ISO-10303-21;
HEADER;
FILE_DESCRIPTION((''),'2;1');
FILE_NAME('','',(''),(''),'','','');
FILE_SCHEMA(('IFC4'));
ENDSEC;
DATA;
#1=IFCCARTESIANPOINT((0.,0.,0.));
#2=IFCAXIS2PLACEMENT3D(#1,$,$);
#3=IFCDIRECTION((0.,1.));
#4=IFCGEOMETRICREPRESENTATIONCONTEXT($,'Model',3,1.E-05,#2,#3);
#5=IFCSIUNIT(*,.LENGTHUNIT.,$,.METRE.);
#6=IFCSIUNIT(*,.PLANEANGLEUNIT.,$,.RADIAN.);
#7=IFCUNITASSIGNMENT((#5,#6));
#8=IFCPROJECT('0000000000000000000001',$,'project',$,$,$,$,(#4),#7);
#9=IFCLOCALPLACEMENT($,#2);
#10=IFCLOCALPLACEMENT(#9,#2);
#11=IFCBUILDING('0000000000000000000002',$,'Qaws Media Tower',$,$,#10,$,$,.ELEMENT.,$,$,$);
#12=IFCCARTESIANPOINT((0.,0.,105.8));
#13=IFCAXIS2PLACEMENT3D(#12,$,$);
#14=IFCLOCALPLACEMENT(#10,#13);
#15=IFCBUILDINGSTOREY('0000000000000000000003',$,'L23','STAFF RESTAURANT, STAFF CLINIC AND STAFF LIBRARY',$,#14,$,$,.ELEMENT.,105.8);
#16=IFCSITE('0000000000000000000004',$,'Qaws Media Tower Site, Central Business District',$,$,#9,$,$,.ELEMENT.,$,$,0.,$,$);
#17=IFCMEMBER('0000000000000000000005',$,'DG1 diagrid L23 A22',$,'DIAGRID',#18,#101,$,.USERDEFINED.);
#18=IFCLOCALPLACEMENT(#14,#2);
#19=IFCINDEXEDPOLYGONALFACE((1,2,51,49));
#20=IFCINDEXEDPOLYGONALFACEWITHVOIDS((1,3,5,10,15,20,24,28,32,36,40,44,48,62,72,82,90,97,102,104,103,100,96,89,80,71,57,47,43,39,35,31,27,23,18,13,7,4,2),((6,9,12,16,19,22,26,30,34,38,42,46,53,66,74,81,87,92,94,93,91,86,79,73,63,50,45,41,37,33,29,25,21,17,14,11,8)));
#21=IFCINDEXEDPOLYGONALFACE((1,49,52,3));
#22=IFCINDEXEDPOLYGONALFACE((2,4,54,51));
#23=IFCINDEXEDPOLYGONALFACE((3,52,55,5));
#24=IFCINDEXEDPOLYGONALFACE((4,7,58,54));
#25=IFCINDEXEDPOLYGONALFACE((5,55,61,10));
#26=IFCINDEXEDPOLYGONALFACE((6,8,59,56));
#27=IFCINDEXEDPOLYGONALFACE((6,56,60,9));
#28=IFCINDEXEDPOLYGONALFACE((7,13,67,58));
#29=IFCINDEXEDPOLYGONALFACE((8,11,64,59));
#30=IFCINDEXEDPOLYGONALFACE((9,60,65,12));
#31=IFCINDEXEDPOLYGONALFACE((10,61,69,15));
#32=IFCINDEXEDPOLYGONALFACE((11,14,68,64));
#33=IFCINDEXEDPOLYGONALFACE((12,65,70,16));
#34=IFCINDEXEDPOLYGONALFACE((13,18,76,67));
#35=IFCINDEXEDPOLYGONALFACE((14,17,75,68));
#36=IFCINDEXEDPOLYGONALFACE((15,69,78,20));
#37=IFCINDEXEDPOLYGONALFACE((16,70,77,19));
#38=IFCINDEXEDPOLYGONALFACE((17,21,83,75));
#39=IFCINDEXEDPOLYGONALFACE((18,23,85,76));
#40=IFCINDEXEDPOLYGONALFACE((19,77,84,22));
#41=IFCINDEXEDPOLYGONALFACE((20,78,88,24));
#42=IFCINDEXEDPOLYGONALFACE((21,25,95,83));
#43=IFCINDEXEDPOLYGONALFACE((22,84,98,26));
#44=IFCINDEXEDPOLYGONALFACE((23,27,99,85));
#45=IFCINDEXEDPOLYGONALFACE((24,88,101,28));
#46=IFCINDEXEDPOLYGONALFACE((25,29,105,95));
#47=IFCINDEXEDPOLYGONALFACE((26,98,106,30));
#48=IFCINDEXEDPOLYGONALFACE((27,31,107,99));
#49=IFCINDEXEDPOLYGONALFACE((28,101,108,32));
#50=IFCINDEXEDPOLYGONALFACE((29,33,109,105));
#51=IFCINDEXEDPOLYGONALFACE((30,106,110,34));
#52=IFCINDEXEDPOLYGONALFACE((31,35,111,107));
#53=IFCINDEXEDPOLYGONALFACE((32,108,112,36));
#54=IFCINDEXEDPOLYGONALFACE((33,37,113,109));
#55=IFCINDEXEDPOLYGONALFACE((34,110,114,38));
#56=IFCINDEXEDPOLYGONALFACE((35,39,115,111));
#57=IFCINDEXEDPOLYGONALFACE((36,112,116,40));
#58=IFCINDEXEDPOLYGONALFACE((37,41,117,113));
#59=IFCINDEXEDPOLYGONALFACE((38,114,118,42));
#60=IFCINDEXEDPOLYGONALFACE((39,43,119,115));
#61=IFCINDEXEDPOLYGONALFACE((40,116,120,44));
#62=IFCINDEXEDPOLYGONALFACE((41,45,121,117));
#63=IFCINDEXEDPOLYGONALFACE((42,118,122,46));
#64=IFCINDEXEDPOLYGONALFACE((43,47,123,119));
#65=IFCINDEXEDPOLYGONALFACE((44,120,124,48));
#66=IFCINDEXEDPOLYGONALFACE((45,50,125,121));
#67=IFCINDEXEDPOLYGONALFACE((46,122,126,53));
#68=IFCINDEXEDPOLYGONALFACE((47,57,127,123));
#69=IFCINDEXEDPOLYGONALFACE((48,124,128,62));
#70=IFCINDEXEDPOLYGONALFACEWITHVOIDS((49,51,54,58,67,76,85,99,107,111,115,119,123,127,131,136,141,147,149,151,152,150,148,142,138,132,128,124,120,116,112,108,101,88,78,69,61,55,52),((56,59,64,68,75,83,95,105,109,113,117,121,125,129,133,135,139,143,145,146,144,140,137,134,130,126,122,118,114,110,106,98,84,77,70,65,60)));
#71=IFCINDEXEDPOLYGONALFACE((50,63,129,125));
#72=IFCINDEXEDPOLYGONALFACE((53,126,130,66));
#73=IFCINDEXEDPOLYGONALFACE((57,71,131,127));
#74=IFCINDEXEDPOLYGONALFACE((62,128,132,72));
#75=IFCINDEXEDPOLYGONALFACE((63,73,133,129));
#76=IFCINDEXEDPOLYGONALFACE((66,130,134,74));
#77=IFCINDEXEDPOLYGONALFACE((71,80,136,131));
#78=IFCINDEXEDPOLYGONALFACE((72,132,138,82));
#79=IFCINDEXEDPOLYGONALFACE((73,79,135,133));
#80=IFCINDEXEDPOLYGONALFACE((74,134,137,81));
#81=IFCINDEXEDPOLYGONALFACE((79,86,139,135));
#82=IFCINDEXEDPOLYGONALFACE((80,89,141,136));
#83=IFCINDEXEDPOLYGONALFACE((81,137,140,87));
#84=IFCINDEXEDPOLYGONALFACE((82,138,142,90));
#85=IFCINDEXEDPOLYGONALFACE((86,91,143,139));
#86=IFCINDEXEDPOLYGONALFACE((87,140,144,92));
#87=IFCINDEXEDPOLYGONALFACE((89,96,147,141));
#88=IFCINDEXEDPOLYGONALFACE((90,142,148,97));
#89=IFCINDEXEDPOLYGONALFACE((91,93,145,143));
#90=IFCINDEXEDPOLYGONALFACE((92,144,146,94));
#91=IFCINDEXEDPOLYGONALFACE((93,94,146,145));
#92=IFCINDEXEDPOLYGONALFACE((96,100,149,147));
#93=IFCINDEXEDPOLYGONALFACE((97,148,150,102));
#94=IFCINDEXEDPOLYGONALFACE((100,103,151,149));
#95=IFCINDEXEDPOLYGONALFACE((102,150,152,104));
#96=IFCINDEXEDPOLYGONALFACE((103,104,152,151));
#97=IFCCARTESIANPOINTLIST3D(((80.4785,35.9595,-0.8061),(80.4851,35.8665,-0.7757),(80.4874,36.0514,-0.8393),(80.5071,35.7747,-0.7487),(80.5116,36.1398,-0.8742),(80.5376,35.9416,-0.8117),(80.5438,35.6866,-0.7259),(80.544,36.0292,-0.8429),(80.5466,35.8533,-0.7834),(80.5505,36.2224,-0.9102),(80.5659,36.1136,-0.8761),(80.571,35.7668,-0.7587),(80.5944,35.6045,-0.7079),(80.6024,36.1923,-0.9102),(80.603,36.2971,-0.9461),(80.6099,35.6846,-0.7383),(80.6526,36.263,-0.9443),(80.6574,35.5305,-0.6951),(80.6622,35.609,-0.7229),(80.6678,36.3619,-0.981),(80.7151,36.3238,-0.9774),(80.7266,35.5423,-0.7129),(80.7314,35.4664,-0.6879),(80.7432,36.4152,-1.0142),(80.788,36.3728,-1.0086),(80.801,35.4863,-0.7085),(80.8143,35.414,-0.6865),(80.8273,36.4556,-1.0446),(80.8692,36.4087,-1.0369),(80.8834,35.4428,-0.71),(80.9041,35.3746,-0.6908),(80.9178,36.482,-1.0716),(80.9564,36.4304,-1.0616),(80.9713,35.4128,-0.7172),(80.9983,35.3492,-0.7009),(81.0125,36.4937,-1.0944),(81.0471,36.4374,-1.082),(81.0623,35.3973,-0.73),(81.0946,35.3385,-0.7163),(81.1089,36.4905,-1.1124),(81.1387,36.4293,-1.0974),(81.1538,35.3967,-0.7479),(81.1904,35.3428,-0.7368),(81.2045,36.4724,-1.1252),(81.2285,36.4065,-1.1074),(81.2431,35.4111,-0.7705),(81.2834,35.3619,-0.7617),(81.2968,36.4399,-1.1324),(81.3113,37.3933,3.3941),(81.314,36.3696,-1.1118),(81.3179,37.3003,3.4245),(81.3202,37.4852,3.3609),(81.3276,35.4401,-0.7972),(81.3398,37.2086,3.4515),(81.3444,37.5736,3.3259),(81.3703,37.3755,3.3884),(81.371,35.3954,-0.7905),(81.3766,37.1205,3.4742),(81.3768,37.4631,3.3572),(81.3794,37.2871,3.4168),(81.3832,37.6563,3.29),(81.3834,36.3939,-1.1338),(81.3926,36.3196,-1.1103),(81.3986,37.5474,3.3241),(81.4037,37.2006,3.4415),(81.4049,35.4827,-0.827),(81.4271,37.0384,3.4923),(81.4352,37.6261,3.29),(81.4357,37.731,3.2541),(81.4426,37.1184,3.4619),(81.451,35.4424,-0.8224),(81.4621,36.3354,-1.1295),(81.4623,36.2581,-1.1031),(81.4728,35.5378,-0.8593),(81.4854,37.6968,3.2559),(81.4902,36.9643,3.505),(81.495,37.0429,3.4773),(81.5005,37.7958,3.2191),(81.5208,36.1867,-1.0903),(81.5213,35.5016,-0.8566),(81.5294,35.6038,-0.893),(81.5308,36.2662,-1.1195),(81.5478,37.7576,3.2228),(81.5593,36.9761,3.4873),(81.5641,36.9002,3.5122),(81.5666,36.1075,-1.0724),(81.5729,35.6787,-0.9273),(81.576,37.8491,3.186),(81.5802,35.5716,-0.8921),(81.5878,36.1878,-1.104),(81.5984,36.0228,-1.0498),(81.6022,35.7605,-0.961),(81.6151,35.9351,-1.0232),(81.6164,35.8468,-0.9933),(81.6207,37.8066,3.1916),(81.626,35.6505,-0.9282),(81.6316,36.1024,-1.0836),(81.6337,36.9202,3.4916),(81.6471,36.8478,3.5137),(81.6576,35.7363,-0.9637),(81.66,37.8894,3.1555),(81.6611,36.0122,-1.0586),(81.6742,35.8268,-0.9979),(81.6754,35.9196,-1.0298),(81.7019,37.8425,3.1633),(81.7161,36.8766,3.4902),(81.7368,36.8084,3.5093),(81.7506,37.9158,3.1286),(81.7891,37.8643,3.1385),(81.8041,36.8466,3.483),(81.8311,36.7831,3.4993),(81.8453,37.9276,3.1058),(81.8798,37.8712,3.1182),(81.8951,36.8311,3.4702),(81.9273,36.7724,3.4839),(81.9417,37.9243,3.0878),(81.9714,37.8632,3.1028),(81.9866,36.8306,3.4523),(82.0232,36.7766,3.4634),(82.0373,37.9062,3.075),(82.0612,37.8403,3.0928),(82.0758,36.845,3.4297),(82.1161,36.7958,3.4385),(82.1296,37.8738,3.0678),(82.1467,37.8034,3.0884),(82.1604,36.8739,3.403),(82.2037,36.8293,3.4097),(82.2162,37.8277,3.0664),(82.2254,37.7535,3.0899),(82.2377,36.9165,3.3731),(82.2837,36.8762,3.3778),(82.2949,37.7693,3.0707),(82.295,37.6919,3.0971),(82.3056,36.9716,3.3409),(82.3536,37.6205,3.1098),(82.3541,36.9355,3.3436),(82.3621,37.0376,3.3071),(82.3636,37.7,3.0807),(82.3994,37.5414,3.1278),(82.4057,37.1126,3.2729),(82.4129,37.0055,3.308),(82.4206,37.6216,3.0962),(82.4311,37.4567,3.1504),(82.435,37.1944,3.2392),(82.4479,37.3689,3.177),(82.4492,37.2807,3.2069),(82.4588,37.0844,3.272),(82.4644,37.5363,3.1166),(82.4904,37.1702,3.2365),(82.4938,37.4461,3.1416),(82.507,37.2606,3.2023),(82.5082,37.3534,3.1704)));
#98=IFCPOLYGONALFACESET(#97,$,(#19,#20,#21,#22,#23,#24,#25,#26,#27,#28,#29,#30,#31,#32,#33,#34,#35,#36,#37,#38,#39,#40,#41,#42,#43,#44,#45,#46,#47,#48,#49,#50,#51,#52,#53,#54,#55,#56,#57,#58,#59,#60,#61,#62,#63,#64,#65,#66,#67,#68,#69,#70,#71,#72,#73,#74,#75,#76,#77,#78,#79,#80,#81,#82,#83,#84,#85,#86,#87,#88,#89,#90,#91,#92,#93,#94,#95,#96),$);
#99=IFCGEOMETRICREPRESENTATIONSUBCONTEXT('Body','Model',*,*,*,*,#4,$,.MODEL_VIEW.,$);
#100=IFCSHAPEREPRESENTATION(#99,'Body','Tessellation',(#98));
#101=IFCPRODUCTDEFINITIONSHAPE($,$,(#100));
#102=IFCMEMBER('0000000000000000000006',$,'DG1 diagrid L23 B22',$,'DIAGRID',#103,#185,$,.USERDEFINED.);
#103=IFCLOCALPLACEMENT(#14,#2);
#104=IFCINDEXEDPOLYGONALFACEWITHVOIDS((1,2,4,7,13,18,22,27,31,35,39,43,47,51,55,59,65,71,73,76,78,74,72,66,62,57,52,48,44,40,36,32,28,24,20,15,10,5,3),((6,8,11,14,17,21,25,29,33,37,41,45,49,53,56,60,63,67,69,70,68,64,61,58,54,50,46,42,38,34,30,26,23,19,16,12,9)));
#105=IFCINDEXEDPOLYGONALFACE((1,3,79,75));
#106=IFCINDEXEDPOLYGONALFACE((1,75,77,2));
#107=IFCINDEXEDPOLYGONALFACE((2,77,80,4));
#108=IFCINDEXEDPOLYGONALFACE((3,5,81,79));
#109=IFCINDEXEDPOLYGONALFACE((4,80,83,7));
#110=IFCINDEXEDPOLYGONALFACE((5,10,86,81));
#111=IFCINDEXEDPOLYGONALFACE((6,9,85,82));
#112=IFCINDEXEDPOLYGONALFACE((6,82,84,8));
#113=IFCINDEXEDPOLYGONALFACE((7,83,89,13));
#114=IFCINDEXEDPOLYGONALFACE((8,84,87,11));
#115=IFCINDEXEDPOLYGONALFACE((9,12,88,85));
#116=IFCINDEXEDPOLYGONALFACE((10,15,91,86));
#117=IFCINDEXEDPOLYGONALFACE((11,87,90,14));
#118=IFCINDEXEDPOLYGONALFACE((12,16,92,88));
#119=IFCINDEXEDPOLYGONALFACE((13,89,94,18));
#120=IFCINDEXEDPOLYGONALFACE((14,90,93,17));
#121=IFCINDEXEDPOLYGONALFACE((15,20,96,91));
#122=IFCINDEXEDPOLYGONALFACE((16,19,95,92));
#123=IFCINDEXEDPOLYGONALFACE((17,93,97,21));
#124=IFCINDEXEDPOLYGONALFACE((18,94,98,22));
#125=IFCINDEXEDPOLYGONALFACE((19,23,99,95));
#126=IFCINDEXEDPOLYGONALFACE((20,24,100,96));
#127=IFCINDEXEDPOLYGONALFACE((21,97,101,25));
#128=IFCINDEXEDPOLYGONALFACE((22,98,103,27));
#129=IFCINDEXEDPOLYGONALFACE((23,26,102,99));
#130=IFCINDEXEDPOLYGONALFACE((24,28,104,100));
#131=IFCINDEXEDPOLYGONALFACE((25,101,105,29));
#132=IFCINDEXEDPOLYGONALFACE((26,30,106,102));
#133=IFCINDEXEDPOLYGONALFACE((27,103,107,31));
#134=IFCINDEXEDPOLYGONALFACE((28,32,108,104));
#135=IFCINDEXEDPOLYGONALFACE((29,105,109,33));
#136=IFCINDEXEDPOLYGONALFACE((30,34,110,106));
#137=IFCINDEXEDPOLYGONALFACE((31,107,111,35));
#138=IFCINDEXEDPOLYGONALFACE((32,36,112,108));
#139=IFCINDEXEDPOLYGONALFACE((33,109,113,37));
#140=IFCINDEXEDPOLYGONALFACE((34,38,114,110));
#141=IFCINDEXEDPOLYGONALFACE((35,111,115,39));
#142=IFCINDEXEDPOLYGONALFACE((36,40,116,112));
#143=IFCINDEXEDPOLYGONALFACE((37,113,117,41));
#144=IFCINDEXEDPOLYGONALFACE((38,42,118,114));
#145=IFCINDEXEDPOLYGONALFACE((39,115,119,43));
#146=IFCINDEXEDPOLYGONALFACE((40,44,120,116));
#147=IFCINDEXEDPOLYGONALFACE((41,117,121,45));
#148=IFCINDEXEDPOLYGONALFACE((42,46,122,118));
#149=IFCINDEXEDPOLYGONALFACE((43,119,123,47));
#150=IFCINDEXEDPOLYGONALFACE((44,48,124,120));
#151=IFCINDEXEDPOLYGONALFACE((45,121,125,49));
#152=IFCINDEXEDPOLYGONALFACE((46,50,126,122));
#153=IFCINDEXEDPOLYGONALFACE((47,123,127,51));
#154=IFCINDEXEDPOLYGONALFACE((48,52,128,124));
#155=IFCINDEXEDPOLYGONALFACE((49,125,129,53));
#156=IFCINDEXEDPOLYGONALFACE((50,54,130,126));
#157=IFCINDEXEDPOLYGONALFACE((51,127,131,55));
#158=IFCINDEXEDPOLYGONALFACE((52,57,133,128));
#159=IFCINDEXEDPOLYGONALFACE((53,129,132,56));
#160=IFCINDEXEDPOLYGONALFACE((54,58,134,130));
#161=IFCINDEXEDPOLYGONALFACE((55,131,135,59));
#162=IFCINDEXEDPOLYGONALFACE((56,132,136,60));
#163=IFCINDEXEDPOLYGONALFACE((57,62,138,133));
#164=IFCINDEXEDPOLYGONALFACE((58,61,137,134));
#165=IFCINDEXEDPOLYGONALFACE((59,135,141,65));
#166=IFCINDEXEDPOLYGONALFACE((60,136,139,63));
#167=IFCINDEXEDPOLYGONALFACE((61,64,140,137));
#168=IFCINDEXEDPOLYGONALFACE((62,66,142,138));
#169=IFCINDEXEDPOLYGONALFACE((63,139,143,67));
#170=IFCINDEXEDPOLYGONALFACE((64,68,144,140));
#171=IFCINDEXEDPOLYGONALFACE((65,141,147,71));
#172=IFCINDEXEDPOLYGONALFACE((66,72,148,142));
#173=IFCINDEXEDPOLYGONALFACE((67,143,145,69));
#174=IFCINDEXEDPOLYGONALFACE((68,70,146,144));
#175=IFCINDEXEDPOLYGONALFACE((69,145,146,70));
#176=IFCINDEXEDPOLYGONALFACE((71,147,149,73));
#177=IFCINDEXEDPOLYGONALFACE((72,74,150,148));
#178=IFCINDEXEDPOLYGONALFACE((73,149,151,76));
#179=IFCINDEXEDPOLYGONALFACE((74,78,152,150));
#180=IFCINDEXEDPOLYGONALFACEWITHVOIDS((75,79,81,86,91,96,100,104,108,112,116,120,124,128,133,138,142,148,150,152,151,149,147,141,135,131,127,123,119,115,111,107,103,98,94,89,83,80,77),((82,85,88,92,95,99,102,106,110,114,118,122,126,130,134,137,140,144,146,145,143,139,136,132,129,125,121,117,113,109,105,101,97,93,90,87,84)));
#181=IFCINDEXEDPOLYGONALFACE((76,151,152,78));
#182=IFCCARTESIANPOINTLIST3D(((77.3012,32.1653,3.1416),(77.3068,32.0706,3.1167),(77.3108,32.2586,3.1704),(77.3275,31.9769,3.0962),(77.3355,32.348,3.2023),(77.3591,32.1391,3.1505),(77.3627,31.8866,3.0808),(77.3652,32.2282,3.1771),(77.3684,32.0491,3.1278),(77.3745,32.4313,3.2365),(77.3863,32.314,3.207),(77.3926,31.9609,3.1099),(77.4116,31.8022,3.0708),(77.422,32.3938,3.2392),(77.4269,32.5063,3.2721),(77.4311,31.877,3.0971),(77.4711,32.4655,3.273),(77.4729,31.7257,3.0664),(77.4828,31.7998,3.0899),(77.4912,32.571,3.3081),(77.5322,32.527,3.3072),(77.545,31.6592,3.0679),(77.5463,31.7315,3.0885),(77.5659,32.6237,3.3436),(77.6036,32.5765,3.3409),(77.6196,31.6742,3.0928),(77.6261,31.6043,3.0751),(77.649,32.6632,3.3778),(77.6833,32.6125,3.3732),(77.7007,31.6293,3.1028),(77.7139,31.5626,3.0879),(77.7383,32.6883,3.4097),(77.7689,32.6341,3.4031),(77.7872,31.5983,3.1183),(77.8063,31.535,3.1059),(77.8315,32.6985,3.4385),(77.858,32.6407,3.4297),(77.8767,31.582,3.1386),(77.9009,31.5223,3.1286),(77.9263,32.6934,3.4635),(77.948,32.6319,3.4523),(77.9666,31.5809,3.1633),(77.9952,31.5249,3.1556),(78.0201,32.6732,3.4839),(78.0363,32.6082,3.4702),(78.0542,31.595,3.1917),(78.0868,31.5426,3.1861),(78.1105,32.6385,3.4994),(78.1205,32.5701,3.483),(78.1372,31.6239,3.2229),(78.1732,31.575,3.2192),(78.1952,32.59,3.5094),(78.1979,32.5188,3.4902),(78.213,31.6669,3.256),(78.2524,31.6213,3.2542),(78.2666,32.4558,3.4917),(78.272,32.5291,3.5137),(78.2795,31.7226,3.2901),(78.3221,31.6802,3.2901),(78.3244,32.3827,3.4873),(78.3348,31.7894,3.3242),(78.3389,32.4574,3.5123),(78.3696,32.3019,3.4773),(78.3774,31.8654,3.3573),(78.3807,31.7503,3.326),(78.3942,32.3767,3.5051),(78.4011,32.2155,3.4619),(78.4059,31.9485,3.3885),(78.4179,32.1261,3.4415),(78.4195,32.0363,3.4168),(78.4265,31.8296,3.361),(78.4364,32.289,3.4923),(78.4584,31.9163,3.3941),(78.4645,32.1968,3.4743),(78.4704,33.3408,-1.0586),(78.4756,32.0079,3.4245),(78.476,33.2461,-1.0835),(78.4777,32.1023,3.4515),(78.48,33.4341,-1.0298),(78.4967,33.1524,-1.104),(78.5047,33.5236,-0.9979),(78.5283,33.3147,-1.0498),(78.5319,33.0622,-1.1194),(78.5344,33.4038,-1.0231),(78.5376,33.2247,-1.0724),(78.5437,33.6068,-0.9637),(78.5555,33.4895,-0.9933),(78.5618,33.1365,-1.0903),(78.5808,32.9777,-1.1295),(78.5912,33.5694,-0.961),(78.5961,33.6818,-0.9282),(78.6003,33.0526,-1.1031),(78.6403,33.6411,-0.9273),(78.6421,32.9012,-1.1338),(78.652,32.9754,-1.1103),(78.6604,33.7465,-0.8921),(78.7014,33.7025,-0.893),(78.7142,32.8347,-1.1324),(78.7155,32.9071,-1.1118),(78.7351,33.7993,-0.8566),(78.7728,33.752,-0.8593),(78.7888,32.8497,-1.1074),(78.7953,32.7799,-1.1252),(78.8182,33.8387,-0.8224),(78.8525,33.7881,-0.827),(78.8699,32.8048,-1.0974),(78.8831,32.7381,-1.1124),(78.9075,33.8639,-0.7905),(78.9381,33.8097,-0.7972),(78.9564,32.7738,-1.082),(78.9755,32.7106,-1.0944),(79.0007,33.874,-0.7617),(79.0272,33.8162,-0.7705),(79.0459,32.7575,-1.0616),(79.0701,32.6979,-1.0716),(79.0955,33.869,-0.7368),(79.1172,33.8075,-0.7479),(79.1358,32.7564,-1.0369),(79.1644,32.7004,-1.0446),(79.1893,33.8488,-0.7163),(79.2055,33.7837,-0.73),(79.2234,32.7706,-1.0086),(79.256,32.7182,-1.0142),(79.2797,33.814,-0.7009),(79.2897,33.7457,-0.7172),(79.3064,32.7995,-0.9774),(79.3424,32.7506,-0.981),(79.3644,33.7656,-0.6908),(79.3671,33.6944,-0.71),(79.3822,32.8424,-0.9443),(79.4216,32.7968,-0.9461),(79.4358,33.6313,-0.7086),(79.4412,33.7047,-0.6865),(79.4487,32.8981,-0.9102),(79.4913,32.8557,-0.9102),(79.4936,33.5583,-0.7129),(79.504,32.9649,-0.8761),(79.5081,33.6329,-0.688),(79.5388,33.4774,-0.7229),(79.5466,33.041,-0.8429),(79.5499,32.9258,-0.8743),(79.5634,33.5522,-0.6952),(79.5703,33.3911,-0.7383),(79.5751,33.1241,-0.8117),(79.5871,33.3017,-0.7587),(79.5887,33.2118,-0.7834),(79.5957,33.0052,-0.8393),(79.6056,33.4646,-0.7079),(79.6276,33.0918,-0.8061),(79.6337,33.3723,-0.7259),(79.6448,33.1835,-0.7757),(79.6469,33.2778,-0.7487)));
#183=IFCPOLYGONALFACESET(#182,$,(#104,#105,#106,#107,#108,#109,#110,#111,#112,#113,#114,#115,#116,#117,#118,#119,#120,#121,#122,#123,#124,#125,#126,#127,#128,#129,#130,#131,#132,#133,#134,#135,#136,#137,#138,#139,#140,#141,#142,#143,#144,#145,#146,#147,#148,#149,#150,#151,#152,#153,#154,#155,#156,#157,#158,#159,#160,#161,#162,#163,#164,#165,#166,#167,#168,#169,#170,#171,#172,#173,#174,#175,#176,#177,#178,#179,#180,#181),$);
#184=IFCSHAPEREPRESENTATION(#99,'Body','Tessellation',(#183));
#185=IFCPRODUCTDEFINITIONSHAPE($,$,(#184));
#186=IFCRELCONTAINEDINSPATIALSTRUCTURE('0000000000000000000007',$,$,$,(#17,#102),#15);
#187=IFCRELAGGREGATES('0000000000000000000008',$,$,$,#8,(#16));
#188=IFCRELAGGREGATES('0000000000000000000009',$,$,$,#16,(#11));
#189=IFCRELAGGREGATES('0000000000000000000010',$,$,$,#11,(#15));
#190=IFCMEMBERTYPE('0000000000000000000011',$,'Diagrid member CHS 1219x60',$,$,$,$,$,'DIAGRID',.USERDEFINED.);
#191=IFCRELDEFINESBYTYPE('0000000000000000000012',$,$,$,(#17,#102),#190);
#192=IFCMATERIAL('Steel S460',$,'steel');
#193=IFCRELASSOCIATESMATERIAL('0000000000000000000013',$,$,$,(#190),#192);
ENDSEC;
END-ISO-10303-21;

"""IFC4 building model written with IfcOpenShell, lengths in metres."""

from ifc_helpers import new_model, si_unit, direction, frame, origin, origin_2d, place, context, subcontext, project, spatial, hollow_circle, extrude, material, material_profile, profile_set, type_object, element, save


model = new_model("IFC4")

# Units and contexts
model_context = context("Model", 3, precision=1e-05, world=origin(), true_north=direction((0.0, 1.0)))
body_context = subcontext(model_context, "Body", "Model", "MODEL_VIEW")
ifc_project = project(units=[si_unit("LENGTHUNIT", "METRE"), si_unit("PLANEANGLEUNIT", "RADIAN")], contexts=[model_context])

# Site, building, storey
site_placement = place(None, origin())
site = spatial("IfcSite", under=ifc_project, at=site_placement, Name="Qaws Media Tower Site, Central Business District", CompositionType="ELEMENT", RefElevation=0.0)
building_placement = place(site_placement, origin())
building = spatial("IfcBuilding", under=site, at=building_placement, Name="Qaws Media Tower", CompositionType="ELEMENT")
storey_placement = place(building_placement, frame((0.0, 0.0, 105.8)))
storey = spatial("IfcBuildingStorey", under=building, at=storey_placement, Name="L23", Description="STAFF RESTAURANT, STAFF CLINIC AND STAFF LIBRARY", CompositionType="ELEMENT", Elevation=105.8)

# Members
ifc_material_1 = material(Name="Steel S460", Category="steel")
ifc_material_profile_1 = material_profile(ifc_material_1, hollow_circle(Radius=0.6096, WallThickness=0.0601, at=origin_2d()), Name="CHS 1219x60")
ifc_profile_set_1 = profile_set([ifc_material_profile_1], Name="Steel S460")
member_type_1 = type_object("IfcMemberType", Name="Diagrid member CHS 1219x60", ElementType="DIAGRID", PredefinedType="USERDEFINED", material=ifc_profile_set_1)
for number, where, z_axis, x_axis, name in (
    (1, (81.0776, 35.9163, -0.9102), (0.184418, 0.317527, 0.930143), (-0.864733, 0.502231, 0.0), "DG1 diagrid L23 A22"),
    (2, (79.0591, 33.2856, -0.9102), (-0.258923, -0.260329, 0.930155), (0.709018, -0.70519, 0.0), "DG1 diagrid L23 B22"),
):
    element("IfcMember", number, at=place(storey_placement, frame(where, z_axis=z_axis, x_axis=x_axis)), inside=storey, type_object=member_type_1, Name=name, ObjectType="DIAGRID", PredefinedType="USERDEFINED", context=body_context, shape_type="SweptSolid", body=[
        extrude(hollow_circle(Radius=0.6096, WallThickness=0.0601, at=origin_2d()), origin(), (0.0, 0.0, 1.0), 4.5156),
    ])

save(model, "model.ifc")
